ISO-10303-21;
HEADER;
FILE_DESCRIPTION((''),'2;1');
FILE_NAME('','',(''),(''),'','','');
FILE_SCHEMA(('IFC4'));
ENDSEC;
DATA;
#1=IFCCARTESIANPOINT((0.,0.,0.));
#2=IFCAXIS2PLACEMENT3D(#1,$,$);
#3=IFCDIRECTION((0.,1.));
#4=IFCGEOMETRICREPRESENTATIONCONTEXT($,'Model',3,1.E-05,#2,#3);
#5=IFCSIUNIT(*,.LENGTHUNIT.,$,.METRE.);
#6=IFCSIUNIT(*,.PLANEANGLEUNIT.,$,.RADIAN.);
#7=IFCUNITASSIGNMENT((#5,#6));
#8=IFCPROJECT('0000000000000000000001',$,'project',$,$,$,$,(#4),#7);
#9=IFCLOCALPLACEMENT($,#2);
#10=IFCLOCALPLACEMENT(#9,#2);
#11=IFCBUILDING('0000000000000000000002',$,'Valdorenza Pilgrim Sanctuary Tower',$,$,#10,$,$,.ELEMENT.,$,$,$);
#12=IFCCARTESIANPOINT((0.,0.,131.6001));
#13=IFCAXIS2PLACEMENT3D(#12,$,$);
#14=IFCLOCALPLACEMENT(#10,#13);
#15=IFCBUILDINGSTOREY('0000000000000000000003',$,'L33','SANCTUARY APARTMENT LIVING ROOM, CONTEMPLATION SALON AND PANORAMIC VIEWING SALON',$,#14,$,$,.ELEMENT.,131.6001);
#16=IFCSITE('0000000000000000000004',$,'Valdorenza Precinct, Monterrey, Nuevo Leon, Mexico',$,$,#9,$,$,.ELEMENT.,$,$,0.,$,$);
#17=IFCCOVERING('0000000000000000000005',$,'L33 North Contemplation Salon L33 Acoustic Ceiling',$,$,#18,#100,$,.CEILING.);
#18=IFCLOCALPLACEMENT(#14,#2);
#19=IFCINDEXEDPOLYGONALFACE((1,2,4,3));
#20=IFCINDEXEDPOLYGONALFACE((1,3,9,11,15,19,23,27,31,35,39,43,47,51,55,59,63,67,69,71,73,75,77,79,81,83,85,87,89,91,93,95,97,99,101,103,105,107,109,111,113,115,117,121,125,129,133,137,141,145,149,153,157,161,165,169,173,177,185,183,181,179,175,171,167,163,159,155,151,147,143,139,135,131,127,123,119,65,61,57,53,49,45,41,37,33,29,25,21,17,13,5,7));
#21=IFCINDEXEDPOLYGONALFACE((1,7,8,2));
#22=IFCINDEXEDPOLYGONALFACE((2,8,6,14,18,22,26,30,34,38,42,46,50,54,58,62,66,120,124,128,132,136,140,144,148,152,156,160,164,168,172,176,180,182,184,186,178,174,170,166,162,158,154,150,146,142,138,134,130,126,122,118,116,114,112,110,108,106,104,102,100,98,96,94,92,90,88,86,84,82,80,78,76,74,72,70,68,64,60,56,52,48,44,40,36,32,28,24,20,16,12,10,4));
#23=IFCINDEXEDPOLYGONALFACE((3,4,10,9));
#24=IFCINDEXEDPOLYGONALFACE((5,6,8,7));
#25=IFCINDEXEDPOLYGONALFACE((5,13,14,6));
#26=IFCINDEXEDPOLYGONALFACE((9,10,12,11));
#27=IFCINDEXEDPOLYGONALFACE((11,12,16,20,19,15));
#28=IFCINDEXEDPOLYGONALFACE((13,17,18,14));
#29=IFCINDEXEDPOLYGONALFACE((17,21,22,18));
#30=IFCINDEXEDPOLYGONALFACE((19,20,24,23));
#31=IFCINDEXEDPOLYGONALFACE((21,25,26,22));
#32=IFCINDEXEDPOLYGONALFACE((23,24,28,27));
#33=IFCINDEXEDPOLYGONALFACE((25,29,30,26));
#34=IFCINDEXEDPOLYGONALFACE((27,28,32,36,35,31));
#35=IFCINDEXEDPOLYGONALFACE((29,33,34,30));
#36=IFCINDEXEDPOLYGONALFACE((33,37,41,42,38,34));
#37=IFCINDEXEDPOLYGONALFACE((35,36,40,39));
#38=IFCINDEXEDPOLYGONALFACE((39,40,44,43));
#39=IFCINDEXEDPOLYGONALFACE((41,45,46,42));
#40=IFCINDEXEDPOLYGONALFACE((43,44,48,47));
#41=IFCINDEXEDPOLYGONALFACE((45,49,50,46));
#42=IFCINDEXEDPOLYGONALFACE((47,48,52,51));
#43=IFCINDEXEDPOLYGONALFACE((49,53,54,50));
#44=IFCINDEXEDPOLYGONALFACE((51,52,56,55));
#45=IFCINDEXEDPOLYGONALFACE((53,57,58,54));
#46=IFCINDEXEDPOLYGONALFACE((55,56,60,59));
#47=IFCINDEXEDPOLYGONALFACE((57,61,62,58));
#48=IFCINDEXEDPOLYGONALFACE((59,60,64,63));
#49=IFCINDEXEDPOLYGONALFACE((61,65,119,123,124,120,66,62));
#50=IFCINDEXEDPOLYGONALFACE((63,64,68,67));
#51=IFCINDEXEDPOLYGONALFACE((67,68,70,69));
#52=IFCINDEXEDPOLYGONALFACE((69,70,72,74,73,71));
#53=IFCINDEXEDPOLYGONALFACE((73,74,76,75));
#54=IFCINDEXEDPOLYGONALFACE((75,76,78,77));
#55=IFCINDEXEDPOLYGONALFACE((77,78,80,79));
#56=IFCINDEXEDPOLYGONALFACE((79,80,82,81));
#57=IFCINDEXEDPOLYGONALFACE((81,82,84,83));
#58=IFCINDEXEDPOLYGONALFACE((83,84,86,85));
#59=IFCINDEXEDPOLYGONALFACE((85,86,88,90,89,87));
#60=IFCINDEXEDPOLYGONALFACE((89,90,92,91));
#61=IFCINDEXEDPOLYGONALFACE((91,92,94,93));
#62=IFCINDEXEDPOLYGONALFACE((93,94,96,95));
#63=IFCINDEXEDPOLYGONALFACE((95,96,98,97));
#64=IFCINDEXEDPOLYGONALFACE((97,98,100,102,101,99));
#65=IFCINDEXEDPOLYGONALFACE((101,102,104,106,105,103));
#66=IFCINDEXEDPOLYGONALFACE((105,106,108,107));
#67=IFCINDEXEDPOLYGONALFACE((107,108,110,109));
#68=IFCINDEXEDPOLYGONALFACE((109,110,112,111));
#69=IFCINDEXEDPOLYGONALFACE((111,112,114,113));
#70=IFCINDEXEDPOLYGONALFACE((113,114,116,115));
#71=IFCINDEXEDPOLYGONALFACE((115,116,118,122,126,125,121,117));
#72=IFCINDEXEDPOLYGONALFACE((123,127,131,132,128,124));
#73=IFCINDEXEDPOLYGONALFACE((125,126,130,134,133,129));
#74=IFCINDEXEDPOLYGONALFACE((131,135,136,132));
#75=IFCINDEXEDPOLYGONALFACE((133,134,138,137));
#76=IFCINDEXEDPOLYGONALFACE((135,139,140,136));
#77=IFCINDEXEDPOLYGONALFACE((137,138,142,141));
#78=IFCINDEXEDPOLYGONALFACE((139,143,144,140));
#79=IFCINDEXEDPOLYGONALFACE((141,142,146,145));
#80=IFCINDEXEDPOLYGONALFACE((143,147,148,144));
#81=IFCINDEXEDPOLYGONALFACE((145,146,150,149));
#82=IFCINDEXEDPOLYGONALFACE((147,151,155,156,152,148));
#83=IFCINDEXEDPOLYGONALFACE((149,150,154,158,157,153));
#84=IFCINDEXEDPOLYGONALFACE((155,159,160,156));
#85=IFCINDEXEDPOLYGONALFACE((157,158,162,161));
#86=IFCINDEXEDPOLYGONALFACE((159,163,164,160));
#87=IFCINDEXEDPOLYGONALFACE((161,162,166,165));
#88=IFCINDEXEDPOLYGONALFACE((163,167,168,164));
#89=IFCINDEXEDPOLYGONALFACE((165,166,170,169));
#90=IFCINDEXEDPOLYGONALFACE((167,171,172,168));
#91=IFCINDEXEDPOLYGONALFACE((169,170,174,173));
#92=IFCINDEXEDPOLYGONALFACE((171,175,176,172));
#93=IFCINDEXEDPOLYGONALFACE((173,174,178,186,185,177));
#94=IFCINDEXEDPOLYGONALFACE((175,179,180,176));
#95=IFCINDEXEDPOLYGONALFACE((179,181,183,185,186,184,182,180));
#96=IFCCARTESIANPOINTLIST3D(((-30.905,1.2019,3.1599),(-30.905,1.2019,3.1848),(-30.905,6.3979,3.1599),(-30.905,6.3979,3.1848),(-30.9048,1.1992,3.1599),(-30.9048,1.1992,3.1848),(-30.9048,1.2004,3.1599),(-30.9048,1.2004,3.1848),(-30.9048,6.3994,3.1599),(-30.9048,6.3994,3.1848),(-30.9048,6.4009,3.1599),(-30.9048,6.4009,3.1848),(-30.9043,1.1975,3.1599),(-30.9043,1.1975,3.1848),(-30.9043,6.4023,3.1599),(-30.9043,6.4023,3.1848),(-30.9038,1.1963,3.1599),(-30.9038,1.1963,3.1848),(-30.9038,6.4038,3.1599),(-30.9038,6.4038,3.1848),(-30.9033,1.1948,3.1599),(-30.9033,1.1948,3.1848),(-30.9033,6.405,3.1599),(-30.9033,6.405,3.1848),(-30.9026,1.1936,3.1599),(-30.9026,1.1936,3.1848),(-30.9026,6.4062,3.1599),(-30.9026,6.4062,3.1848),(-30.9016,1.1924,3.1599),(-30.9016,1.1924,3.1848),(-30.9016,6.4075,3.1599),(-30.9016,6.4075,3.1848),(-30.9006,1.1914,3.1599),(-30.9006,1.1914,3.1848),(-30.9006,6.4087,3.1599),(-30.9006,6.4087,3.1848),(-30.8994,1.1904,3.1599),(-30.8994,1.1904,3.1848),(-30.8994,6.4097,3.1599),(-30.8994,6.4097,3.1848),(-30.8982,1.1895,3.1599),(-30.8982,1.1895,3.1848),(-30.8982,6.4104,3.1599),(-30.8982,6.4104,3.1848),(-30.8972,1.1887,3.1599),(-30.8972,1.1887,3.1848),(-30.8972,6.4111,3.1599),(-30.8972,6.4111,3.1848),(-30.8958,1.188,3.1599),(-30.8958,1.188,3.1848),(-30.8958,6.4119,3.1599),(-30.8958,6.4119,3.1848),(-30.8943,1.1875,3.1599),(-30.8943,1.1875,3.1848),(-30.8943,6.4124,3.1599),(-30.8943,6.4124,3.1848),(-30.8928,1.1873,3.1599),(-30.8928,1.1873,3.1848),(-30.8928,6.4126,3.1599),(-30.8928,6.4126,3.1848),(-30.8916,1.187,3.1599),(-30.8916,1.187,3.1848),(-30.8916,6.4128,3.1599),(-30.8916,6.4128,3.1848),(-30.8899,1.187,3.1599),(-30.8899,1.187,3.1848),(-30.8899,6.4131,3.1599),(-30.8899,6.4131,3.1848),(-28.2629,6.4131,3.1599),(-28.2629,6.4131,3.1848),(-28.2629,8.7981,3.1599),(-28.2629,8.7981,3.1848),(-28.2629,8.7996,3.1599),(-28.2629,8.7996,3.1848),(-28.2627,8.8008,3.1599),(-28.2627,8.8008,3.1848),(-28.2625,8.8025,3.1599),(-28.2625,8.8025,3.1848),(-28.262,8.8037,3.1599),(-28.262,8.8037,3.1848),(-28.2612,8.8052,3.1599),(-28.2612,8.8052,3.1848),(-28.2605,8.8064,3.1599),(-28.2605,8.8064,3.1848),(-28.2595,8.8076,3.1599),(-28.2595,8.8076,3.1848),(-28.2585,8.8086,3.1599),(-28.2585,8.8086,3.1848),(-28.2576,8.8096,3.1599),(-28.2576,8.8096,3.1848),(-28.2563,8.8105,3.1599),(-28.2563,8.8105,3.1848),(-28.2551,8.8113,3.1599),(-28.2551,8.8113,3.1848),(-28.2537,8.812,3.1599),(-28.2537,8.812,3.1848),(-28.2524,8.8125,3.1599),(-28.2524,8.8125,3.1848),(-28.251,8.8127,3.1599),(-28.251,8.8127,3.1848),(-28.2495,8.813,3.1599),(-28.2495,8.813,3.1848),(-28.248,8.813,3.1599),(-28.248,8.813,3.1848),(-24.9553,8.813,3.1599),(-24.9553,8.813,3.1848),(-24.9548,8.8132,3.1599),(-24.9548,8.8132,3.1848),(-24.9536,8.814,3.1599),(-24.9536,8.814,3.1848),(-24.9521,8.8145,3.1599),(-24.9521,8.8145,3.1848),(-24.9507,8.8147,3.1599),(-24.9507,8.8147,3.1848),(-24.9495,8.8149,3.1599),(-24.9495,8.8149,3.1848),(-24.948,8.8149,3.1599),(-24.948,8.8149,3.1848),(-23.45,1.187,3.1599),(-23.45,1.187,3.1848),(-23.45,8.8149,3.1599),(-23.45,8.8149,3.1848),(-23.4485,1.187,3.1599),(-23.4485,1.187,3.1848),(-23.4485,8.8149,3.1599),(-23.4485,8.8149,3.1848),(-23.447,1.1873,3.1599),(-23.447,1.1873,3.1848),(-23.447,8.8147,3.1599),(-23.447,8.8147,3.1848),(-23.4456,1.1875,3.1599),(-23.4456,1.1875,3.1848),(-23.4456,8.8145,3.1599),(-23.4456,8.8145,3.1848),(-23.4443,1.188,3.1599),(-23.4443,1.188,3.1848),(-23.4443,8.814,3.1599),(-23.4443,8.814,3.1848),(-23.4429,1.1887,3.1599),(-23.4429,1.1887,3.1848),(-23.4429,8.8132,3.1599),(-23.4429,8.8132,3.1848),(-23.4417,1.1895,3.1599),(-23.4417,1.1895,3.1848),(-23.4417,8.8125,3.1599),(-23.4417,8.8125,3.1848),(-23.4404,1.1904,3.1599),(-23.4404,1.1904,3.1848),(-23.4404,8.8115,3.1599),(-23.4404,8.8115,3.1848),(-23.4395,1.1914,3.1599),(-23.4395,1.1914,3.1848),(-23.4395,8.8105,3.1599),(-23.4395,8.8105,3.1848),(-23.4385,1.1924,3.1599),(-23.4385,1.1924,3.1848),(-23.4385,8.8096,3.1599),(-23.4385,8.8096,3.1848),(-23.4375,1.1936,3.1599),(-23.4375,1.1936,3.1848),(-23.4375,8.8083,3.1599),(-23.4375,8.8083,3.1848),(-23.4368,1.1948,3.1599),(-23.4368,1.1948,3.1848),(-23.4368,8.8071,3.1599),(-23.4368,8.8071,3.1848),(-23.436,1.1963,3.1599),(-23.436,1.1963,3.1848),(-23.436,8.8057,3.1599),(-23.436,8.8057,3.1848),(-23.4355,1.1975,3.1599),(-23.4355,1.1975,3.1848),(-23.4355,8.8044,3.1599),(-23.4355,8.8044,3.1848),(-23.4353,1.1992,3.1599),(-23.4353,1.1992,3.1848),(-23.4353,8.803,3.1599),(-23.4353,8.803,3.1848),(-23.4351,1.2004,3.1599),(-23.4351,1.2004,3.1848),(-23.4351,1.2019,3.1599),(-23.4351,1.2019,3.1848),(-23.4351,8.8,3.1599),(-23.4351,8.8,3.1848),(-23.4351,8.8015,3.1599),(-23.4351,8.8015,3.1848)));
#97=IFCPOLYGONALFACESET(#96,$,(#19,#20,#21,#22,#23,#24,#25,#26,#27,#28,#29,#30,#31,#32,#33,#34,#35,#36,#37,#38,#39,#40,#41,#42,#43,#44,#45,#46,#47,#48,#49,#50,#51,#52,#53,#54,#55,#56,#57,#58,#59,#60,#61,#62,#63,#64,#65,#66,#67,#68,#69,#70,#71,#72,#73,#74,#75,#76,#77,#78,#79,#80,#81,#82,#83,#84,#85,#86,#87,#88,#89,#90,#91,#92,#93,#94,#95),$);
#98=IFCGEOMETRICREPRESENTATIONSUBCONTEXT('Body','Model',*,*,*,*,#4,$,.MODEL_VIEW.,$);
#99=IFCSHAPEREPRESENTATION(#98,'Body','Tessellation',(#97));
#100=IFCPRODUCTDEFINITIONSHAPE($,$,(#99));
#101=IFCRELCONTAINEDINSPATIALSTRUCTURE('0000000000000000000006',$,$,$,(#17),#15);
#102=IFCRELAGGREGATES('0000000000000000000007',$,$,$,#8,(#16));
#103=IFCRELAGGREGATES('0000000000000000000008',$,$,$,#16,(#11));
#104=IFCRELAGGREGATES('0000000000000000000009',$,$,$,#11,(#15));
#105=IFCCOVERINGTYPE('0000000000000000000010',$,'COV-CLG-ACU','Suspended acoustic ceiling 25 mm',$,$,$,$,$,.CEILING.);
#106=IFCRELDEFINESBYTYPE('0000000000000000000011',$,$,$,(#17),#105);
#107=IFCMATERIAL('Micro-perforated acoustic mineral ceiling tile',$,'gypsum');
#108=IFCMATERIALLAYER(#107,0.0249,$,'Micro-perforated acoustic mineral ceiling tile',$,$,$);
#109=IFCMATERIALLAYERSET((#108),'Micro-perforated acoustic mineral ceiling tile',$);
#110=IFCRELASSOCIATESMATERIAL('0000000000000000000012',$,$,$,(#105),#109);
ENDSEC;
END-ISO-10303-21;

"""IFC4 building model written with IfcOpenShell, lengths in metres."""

from ifc_helpers import new_model, si_unit, direction, frame, origin, place, context, subcontext, project, spatial, polyline, outline, extrude, material, layer, layer_set, type_object, element, save


model = new_model("IFC4")

# Units and contexts
model_context = context("Model", 3, precision=1e-05, world=origin(), true_north=direction((0.0, 1.0)))
body_context = subcontext(model_context, "Body", "Model", "MODEL_VIEW")
ifc_project = project(units=[si_unit("LENGTHUNIT", "METRE"), si_unit("PLANEANGLEUNIT", "RADIAN")], contexts=[model_context])

# Site, building, storey
site_placement = place(None, origin())
site = spatial("IfcSite", under=ifc_project, at=site_placement, Name="Valdorenza Precinct, Monterrey, Nuevo Leon, Mexico", CompositionType="ELEMENT", RefElevation=0.0)
building_placement = place(site_placement, origin())
building = spatial("IfcBuilding", under=site, at=building_placement, Name="Valdorenza Pilgrim Sanctuary Tower", CompositionType="ELEMENT")
storey_placement = place(building_placement, frame((0.0, 0.0, 131.6001)))
storey = spatial("IfcBuildingStorey", under=building, at=storey_placement, Name="L33", Description="SANCTUARY APARTMENT LIVING ROOM, CONTEMPLATION SALON AND PANORAMIC VIEWING SALON", CompositionType="ELEMENT", Elevation=131.6001)

# Covering
ifc_material_1 = material(Name="Micro-perforated acoustic mineral ceiling tile", Category="gypsum")
ifc_layer_1 = layer(ifc_material_1, 0.0249, Name="Micro-perforated acoustic mineral ceiling tile")
ifc_layer_set_1 = layer_set([ifc_layer_1], Name="Micro-perforated acoustic mineral ceiling tile")
covering_type_1 = type_object("IfcCoveringType", Name="COV-CLG-ACU", Description="Suspended acoustic ceiling 25 mm", PredefinedType="CEILING", material=ifc_layer_set_1)
covering_1_placement = place(storey_placement, frame((0.0, 0.0, 3.1599)))
element("IfcCovering", 1, at=covering_1_placement, inside=storey, type_object=covering_type_1, Name="L33 North Contemplation Salon L33 Acoustic Ceiling", PredefinedType="CEILING", context=body_context, shape_type="SweptSolid", body=[
    extrude(outline(polyline([(-28.2629, 6.4131), (-28.2629, 8.7981), (-28.2629, 8.7996), (-28.2627, 8.8008), (-28.2625, 8.8025), (-28.262, 8.8037), (-28.2612, 8.8052), (-28.2605, 8.8064), (-28.2595, 8.8076), (-28.2585, 8.8086), (-28.2576, 8.8096), (-28.2563, 8.8105), (-28.2551, 8.8113), (-28.2537, 8.812), (-28.2524, 8.8125), (-28.251, 8.8127), (-28.2495, 8.813), (-28.248, 8.813), (-24.9553, 8.813), (-24.9548, 8.8132), (-24.9536, 8.814), (-24.9521, 8.8145), (-24.9507, 8.8147), (-24.9495, 8.8149), (-24.948, 8.8149), (-23.45, 8.8149), (-23.4485, 8.8149), (-23.447, 8.8147), (-23.4456, 8.8145), (-23.4443, 8.814), (-23.4429, 8.8132), (-23.4417, 8.8125), (-23.4404, 8.8115), (-23.4395, 8.8105), (-23.4385, 8.8096), (-23.4375, 8.8083), (-23.4368, 8.8071), (-23.436, 8.8057), (-23.4355, 8.8044), (-23.4353, 8.803), (-23.4351, 8.8015), (-23.4351, 8.8), (-23.4351, 1.2019), (-23.4351, 1.2004), (-23.4353, 1.1992), (-23.4355, 1.1975), (-23.436, 1.1963), (-23.4368, 1.1948), (-23.4375, 1.1936), (-23.4385, 1.1924), (-23.4395, 1.1914), (-23.4404, 1.1904), (-23.4417, 1.1895), (-23.4429, 1.1887), (-23.4443, 1.188), (-23.4456, 1.1875), (-23.447, 1.1873), (-23.4485, 1.187), (-23.45, 1.187), (-30.8899, 1.187), (-30.8916, 1.187), (-30.8928, 1.1873), (-30.8943, 1.1875), (-30.8958, 1.188), (-30.8972, 1.1887), (-30.8982, 1.1895), (-30.8994, 1.1904), (-30.9006, 1.1914), (-30.9016, 1.1924), (-30.9026, 1.1936), (-30.9033, 1.1948), (-30.9038, 1.1963), (-30.9043, 1.1975), (-30.9048, 1.1992), (-30.9048, 1.2004), (-30.905, 1.2019), (-30.905, 6.3979), (-30.9048, 6.3994), (-30.9048, 6.4009), (-30.9043, 6.4023), (-30.9038, 6.4038), (-30.9033, 6.405), (-30.9026, 6.4062), (-30.9016, 6.4075), (-30.9006, 6.4087), (-30.8994, 6.4097), (-30.8982, 6.4104), (-30.8972, 6.4111), (-30.8958, 6.4119), (-30.8943, 6.4124), (-30.8928, 6.4126), (-30.8916, 6.4128), (-30.8899, 6.4131), (-28.2629, 6.4131)])), origin(), (0.0, 0.0, 1.0), 0.0249),
])

save(model, "model.ifc")
